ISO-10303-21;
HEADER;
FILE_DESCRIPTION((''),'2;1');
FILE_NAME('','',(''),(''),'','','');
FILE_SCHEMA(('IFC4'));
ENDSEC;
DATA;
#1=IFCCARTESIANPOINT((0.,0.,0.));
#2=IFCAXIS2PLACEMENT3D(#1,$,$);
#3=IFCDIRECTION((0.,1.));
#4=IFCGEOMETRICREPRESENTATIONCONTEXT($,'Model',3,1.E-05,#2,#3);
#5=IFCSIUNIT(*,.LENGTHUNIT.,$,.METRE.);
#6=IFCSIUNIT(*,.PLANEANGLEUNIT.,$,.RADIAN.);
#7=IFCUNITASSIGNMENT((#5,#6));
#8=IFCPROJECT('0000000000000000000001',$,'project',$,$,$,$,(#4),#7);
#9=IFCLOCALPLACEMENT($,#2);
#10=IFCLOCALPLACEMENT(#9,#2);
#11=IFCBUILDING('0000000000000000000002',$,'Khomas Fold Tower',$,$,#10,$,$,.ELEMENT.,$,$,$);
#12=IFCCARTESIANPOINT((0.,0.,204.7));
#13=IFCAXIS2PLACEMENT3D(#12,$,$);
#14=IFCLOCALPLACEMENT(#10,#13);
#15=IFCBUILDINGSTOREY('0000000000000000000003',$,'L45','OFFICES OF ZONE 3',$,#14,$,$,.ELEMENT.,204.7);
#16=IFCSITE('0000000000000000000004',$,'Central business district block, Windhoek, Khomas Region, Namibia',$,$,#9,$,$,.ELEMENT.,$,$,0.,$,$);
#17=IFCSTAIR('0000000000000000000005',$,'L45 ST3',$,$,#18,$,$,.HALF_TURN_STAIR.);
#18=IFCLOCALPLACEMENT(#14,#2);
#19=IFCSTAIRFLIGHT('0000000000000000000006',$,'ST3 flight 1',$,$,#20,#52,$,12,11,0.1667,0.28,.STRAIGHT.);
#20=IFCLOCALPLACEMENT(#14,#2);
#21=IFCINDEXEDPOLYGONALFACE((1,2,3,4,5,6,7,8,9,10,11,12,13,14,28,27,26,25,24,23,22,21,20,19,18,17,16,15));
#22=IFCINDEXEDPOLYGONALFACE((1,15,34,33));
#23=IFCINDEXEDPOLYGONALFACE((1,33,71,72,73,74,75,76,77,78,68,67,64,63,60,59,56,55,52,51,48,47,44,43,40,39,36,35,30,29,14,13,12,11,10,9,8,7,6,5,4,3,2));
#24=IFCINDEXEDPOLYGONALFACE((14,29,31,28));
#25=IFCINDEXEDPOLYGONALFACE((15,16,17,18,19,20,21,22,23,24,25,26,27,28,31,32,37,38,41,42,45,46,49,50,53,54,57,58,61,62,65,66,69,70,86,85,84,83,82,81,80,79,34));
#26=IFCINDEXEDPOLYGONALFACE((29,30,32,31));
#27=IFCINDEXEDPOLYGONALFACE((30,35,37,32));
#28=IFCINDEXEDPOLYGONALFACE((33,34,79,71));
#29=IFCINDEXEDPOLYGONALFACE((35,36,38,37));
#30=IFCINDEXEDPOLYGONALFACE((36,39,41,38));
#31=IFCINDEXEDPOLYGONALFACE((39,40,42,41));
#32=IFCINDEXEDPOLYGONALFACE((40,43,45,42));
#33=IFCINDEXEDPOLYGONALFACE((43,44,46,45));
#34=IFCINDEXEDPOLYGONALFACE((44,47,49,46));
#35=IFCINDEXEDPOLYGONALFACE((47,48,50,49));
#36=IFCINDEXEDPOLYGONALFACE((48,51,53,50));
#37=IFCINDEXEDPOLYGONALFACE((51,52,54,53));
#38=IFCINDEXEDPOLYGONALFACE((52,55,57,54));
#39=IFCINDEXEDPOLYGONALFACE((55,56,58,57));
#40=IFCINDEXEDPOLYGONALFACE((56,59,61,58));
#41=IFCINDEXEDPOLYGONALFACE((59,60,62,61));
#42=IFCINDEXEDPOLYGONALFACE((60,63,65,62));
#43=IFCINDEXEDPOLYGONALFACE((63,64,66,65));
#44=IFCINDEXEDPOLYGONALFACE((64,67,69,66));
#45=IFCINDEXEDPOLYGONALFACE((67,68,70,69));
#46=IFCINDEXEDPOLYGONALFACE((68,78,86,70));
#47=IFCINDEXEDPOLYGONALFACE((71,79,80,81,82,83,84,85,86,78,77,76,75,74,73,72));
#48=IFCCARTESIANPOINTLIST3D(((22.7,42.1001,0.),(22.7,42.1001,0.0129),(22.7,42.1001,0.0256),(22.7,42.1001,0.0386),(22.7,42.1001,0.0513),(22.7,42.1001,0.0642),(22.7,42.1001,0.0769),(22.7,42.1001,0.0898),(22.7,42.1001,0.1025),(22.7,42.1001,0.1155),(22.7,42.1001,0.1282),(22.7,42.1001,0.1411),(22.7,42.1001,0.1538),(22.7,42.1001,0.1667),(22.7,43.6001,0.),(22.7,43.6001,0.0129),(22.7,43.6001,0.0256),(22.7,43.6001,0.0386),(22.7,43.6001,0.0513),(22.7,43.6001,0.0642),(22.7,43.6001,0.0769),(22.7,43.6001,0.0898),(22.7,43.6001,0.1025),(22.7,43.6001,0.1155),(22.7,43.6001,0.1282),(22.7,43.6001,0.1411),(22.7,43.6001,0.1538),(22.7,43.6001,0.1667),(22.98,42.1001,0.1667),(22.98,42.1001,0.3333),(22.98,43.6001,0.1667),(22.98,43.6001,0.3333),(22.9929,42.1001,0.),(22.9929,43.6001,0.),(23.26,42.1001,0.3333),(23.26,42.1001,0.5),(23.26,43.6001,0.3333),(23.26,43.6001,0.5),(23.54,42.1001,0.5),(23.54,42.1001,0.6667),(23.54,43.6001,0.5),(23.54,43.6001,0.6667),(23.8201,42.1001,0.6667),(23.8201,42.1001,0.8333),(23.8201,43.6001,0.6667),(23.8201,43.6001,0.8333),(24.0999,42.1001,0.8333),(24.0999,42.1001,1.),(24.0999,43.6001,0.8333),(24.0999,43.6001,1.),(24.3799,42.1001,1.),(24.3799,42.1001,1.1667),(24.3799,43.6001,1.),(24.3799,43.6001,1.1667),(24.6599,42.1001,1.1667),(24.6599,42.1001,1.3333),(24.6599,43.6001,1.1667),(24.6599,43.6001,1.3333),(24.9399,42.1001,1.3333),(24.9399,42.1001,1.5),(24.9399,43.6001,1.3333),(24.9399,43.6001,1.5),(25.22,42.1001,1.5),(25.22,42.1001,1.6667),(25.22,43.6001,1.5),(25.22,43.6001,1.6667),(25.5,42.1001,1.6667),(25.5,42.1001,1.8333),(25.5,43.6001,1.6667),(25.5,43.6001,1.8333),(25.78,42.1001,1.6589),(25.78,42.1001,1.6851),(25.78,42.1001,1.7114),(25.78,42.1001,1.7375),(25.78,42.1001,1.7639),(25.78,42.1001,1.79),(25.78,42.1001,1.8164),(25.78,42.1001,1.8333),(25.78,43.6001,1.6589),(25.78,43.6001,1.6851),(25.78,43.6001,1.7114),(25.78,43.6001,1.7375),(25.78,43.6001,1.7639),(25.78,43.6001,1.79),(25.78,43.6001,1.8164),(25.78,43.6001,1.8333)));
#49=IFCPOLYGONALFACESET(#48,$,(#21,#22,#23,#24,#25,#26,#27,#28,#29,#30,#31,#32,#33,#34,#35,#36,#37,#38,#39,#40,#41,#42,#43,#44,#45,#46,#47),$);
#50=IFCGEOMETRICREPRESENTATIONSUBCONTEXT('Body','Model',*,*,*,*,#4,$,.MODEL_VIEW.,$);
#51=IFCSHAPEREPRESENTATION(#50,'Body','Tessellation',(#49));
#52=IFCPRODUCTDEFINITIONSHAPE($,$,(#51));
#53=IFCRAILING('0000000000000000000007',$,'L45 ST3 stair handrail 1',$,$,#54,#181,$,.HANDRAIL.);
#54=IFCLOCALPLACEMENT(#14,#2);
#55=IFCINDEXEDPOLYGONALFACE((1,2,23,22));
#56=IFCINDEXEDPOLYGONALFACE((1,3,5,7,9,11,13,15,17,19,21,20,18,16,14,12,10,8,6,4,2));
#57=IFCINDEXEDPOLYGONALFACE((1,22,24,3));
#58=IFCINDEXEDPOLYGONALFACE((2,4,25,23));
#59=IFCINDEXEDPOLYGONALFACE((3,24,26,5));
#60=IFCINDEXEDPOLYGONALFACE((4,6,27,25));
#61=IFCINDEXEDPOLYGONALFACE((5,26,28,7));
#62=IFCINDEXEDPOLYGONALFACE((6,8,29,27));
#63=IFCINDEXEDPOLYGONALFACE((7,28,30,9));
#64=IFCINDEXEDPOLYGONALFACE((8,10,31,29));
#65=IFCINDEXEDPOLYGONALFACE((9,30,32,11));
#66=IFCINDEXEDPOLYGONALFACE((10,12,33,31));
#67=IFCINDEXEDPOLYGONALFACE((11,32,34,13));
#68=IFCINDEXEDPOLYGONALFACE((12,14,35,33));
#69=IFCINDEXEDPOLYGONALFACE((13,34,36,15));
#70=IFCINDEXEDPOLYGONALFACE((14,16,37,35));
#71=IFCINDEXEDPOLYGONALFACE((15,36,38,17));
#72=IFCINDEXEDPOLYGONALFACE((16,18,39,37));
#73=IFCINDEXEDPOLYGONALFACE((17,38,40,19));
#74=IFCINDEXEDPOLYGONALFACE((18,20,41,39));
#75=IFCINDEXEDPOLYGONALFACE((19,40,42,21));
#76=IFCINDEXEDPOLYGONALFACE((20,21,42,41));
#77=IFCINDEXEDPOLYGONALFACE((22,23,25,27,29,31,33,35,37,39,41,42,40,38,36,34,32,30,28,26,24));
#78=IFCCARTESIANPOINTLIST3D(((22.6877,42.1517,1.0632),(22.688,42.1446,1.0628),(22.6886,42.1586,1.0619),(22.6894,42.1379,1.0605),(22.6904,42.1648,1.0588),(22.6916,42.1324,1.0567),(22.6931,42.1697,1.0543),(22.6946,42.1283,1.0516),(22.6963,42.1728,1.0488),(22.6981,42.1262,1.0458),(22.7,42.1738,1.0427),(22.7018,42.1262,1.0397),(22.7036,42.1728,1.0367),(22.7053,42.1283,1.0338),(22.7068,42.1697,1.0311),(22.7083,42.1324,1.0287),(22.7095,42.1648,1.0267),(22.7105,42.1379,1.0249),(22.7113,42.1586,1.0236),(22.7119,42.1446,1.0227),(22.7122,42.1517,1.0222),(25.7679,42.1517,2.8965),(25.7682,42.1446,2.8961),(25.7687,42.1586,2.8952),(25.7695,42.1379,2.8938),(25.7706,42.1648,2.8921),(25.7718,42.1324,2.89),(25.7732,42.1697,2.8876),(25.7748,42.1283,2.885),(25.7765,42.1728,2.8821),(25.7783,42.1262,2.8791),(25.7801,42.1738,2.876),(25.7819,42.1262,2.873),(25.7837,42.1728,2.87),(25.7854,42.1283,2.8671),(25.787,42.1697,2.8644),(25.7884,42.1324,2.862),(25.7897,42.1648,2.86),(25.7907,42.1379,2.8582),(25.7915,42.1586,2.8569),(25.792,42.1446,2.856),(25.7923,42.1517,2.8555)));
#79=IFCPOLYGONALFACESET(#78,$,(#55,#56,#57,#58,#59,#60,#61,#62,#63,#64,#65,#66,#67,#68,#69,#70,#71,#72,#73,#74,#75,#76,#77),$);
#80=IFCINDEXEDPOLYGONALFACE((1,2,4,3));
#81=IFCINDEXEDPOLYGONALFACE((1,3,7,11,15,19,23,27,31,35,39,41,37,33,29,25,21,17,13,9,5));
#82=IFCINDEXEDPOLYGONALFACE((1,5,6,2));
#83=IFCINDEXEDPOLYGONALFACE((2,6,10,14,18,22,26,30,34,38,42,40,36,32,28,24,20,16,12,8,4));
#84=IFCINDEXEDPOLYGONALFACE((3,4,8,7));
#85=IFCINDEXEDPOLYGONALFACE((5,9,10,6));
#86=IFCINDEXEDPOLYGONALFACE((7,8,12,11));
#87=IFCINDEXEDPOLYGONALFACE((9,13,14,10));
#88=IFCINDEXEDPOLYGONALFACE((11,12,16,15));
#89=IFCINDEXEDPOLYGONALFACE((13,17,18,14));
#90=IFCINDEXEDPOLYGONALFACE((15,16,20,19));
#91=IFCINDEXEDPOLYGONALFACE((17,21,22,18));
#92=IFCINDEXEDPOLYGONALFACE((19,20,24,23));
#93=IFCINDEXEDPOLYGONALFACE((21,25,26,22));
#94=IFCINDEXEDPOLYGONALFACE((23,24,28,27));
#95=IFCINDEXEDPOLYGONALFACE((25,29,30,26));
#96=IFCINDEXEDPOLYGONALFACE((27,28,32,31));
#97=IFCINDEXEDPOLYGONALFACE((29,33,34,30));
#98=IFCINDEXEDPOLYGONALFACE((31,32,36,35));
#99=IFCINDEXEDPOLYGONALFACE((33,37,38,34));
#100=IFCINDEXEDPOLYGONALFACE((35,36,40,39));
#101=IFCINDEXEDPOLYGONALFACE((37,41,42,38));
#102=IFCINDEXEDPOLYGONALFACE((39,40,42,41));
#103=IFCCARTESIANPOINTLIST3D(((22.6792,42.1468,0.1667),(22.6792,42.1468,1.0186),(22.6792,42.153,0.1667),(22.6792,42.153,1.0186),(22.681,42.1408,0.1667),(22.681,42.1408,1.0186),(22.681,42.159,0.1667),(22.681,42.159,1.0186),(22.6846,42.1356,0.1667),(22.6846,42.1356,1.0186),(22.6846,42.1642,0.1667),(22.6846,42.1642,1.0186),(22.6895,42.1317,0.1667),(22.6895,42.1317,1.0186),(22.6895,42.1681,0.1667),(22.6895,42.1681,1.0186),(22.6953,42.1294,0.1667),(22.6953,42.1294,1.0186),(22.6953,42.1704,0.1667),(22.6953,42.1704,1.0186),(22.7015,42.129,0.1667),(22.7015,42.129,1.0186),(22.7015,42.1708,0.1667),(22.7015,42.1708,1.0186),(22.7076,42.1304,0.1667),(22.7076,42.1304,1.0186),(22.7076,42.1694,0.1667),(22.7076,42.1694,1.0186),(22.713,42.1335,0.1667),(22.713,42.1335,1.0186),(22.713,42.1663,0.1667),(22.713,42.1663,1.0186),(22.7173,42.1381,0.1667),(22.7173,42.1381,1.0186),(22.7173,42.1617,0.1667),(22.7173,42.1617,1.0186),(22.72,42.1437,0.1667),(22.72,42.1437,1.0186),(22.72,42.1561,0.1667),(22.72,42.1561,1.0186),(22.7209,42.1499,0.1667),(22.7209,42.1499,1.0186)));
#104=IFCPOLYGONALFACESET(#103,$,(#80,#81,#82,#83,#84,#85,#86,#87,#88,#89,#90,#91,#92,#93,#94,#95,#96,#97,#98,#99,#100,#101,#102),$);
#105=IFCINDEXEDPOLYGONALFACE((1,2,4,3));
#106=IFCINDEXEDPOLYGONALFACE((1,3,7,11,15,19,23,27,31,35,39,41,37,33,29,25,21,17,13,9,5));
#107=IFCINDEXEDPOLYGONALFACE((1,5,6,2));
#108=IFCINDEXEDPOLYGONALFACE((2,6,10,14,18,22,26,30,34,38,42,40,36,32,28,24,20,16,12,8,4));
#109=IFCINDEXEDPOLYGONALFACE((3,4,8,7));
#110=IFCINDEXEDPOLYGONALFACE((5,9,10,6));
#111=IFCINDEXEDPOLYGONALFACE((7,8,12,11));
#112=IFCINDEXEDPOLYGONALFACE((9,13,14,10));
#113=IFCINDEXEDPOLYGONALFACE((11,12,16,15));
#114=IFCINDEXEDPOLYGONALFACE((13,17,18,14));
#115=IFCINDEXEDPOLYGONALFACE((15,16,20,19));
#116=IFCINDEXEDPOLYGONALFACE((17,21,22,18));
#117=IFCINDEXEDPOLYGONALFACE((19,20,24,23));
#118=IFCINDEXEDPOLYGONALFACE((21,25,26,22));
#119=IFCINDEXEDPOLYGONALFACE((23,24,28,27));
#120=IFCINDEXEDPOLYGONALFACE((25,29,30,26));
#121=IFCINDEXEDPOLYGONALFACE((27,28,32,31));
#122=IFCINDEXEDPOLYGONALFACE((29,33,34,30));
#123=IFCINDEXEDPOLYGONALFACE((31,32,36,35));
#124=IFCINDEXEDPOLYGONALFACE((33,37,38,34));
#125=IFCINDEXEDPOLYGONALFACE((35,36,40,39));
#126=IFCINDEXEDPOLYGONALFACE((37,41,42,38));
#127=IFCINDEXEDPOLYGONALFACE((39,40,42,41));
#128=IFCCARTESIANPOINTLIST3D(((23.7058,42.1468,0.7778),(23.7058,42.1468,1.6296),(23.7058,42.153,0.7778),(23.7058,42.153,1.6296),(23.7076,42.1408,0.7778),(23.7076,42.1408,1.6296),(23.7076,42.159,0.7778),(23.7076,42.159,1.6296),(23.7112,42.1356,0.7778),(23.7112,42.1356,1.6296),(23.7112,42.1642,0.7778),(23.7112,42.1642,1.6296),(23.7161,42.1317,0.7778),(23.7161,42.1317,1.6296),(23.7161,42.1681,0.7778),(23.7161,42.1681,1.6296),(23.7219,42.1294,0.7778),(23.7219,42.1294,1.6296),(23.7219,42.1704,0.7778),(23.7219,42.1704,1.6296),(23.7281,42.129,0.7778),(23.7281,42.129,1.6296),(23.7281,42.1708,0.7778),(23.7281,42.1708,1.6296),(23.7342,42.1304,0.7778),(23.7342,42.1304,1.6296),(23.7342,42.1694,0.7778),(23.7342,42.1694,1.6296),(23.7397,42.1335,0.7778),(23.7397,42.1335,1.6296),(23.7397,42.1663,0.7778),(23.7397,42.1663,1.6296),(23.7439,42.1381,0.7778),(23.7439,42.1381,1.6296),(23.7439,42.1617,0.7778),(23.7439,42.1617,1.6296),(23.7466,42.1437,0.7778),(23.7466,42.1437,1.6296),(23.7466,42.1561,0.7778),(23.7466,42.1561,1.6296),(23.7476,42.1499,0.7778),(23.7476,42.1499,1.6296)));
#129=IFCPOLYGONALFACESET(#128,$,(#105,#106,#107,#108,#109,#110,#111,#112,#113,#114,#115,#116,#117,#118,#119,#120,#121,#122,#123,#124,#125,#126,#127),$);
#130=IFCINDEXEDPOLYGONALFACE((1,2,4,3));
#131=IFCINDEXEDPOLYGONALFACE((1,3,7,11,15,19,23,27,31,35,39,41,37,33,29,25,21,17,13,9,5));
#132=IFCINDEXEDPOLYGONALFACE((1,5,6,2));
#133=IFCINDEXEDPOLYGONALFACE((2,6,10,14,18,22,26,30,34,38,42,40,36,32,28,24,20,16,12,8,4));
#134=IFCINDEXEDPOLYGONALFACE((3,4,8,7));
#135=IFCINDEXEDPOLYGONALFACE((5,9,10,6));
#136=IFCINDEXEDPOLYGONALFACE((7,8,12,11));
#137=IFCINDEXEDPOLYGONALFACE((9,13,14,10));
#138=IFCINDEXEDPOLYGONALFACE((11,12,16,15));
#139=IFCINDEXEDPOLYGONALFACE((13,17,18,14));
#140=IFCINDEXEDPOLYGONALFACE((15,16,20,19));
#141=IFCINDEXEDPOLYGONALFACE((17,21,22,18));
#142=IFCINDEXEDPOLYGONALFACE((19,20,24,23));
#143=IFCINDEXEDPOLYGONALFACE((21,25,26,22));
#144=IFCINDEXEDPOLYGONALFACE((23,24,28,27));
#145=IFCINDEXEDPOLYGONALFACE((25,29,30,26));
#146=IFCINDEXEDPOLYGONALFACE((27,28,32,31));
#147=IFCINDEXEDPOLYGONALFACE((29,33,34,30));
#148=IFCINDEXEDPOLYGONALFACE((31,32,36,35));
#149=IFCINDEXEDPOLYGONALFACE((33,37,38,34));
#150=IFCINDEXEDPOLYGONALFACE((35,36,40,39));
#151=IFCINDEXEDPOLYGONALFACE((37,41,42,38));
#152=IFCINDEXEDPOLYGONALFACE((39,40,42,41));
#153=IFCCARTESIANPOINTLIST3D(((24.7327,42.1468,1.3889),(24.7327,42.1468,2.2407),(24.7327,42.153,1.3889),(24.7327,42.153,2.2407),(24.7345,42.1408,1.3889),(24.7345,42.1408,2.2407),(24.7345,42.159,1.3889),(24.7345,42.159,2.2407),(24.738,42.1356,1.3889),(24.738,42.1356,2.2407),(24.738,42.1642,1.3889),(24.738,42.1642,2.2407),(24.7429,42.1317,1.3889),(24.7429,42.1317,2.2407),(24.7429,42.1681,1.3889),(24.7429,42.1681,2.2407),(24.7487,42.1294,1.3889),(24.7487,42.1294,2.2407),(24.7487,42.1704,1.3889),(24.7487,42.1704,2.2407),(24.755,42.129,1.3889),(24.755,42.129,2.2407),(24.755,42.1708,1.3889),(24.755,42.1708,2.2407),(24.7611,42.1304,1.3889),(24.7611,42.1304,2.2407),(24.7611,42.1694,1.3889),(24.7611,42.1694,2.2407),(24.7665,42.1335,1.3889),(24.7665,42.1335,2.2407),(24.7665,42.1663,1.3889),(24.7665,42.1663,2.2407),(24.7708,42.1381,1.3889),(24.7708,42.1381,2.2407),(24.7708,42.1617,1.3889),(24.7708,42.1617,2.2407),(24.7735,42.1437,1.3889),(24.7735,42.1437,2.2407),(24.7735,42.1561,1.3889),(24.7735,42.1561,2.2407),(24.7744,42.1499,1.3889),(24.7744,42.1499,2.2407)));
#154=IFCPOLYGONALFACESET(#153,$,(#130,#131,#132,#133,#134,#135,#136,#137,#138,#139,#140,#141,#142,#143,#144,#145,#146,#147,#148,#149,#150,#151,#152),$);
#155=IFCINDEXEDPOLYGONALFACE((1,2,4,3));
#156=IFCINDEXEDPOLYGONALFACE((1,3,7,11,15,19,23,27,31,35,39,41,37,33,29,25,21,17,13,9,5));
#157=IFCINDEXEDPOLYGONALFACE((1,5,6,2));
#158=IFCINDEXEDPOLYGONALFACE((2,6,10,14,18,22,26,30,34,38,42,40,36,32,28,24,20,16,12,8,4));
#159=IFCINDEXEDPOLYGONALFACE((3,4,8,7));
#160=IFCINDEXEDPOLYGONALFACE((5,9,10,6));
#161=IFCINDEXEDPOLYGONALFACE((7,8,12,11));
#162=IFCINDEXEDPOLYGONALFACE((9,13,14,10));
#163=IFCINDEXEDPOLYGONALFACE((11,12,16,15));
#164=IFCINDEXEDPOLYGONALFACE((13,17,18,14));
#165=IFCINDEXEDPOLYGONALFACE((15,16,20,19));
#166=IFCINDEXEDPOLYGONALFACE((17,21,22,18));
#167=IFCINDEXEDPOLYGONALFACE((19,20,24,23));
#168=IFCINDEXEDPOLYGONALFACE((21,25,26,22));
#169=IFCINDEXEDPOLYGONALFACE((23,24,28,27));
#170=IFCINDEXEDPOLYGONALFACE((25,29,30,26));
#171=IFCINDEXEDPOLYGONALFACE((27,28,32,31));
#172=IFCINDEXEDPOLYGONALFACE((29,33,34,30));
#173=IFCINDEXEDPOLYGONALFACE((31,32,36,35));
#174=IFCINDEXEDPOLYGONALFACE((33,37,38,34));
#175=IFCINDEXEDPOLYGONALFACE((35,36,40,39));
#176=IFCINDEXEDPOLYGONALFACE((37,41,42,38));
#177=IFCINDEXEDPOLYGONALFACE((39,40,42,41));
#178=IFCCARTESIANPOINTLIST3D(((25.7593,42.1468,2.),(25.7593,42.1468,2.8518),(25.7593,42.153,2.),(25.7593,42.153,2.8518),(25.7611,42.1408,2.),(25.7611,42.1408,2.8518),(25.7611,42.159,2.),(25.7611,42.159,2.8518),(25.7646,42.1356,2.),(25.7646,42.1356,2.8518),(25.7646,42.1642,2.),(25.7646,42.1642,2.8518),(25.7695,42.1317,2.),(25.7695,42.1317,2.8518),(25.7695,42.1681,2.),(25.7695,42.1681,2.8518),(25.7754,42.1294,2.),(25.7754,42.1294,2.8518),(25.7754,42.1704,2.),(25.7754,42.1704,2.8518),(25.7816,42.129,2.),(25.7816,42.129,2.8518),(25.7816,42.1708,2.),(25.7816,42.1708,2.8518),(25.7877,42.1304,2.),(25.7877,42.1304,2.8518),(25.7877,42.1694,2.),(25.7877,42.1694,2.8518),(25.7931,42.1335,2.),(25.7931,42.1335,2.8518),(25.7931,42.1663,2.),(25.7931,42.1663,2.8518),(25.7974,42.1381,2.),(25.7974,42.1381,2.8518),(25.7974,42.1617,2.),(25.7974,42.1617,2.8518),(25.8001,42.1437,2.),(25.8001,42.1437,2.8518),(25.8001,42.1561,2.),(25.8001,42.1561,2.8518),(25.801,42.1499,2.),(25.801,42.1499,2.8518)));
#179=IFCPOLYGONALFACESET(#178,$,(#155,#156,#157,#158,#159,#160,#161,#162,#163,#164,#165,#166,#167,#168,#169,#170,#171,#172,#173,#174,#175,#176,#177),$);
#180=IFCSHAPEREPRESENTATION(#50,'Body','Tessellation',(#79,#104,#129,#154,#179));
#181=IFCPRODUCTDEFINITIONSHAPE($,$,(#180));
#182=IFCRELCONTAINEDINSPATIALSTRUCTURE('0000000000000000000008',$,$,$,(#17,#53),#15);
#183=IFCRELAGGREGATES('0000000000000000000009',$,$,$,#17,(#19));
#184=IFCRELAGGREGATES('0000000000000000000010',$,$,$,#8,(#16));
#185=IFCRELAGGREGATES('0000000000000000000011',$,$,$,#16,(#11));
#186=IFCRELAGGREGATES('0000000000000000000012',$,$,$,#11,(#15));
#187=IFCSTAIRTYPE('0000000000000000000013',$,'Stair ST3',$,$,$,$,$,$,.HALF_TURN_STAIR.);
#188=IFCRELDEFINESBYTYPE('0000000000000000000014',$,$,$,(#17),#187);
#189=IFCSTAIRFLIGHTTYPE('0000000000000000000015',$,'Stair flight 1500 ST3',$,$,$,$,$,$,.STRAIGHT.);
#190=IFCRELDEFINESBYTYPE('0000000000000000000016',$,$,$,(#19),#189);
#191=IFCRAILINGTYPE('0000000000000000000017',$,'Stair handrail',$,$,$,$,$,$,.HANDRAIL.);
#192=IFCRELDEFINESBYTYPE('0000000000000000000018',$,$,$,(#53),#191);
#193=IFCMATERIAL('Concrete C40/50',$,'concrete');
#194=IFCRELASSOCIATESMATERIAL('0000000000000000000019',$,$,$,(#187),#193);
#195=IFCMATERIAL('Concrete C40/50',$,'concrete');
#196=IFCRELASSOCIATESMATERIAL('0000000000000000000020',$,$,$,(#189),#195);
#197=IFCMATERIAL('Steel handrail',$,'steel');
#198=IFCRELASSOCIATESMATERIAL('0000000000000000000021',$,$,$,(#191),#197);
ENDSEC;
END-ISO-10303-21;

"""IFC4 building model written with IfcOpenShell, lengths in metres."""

from ifc_helpers import new_model, si_unit, direction, frame, origin, origin_2d, place, context, subcontext, project, spatial, polyline, circle, outline, extrude, source, transform, mapped, material, type_object, element, aggregate, save


model = new_model("IFC4")

# Units and contexts
model_context = context("Model", 3, precision=1e-05, world=origin(), true_north=direction((0.0, 1.0)))
body_context = subcontext(model_context, "Body", "Model", "MODEL_VIEW")
ifc_project = project(units=[si_unit("LENGTHUNIT", "METRE"), si_unit("PLANEANGLEUNIT", "RADIAN")], contexts=[model_context])

# Site, building, storey
site_placement = place(None, origin())
site = spatial("IfcSite", under=ifc_project, at=site_placement, Name="Central business district block, Windhoek, Khomas Region, Namibia", CompositionType="ELEMENT", RefElevation=0.0)
building_placement = place(site_placement, origin())
building = spatial("IfcBuilding", under=site, at=building_placement, Name="Khomas Fold Tower", CompositionType="ELEMENT")
storey_placement = place(building_placement, frame((0.0, 0.0, 204.7)))
storey = spatial("IfcBuildingStorey", under=building, at=storey_placement, Name="L45", Description="OFFICES OF ZONE 3", CompositionType="ELEMENT", Elevation=204.7)

# Stair, stair flight
ifc_material_1 = material(Name="Concrete C40/50", Category="concrete")
stair_type = type_object("IfcStairType", Name="Stair ST3", PredefinedType="HALF_TURN_STAIR", material=ifc_material_1)
stair_placement = place(storey_placement, origin())
stair = element("IfcStair", 1, at=stair_placement, inside=storey, type_object=stair_type, Name="L45 ST3", PredefinedType="HALF_TURN_STAIR")
ifc_material_2 = material(Name="Concrete C40/50", Category="concrete")
stair_flight_type = type_object("IfcStairFlightType", Name="Stair flight 1500 ST3", PredefinedType="STRAIGHT", material=ifc_material_2)
shared_shape_1 = source(origin(), body_context, "Body", "SweptSolid", [
    extrude(outline(polyline([(0.0, 0.0), (0.0, 0.0129), (0.0, 0.0256), (0.0, 0.0386), (0.0, 0.0513), (0.0, 0.0642), (0.0, 0.0769), (0.0, 0.0898), (0.0, 0.1025), (0.0, 0.1155), (0.0, 0.1282), (0.0, 0.1411), (0.0, 0.1538), (0.0, 0.1667), (0.28, 0.1667), (0.28, 0.3333), (0.5601, 0.3333), (0.5601, 0.5), (0.8401, 0.5), (0.8401, 0.6667), (1.1201, 0.6667), (1.1201, 0.8333), (1.3999, 0.8333), (1.3999, 1.0), (1.6799, 1.0), (1.6799, 1.1667), (1.96, 1.1667), (1.96, 1.3333), (2.24, 1.3333), (2.24, 1.5), (2.52, 1.5), (2.52, 1.6667), (2.8, 1.6667), (2.8, 1.8333), (3.0801, 1.8333), (3.0801, 2.0), (3.0801, 1.9739), (3.0801, 1.9475), (3.0801, 1.9214), (3.0801, 1.895), (3.0801, 1.8689), (3.0801, 1.8425), (3.0801, 1.8164), (3.0801, 1.79), (3.0801, 1.7639), (3.0801, 1.7375), (3.0801, 1.7114), (3.0801, 1.6851), (3.0801, 1.6589), (0.293, 0.0), (0.0, 0.0)])), frame((0.0, 0.75, 0.0), z_axis=(0.0, -1.0, 0.0), x_axis=(1.0, 0.0, 0.0)), (0.0, 0.0, 1.0), 1.5),
])
stair_flight_placement = place(storey_placement, frame((22.7, 42.8501, 0.0), z_axis=(0.0, 0.0, 1.0), x_axis=(1.0, 0.0, 0.0)))
stair_flight = element("IfcStairFlight", 2, at=stair_flight_placement, type_object=stair_flight_type, Name="ST3 flight 1", NumberOfRisers=12, NumberOfTreads=11, PredefinedType="STRAIGHT", RiserHeight=0.1667, TreadLength=0.28, context=body_context, shape_type="MappedRepresentation", body=[
    mapped(shared_shape_1, transform((0.0, 0.0, 0.0))),
])
aggregate(stair, [stair_flight])

# Railing
ifc_material_3 = material(Name="Steel handrail", Category="steel")
railing_type = type_object("IfcRailingType", Name="Stair handrail", PredefinedType="HANDRAIL", material=ifc_material_3)
shared_shape_2 = source(origin(), body_context, "Body", "SweptSolid", [
    extrude(circle(Radius=0.0239, at=origin_2d()), frame((0.0, 0.0, 0.876), z_axis=(0.859309, 0.0, 0.511458), x_axis=(0.0, 1.0, 0.0)), (0.0, 0.0, 1.0), 3.5845),
    extrude(circle(Radius=0.021, at=origin_2d()), origin(), (0.0, 0.0, 1.0), 0.8518),
    extrude(circle(Radius=0.021, at=origin_2d()), frame((1.0266, 0.0, 0.6111)), (0.0, 0.0, 1.0), 0.8518),
    extrude(circle(Radius=0.021, at=origin_2d()), frame((2.0535, 0.0, 1.2222)), (0.0, 0.0, 1.0), 0.8518),
    extrude(circle(Radius=0.021, at=origin_2d()), frame((3.0801, 0.0, 1.8333)), (0.0, 0.0, 1.0), 0.8518),
])
railing_placement = place(storey_placement, frame((22.7, 42.1499, 0.1667)))
element("IfcRailing", 3, at=railing_placement, inside=storey, type_object=railing_type, Name="L45 ST3 stair handrail 1", PredefinedType="HANDRAIL", context=body_context, shape_type="MappedRepresentation", body=[
    mapped(shared_shape_2, transform((0.0, 0.0, 0.0))),
])

save(model, "model.ifc")
